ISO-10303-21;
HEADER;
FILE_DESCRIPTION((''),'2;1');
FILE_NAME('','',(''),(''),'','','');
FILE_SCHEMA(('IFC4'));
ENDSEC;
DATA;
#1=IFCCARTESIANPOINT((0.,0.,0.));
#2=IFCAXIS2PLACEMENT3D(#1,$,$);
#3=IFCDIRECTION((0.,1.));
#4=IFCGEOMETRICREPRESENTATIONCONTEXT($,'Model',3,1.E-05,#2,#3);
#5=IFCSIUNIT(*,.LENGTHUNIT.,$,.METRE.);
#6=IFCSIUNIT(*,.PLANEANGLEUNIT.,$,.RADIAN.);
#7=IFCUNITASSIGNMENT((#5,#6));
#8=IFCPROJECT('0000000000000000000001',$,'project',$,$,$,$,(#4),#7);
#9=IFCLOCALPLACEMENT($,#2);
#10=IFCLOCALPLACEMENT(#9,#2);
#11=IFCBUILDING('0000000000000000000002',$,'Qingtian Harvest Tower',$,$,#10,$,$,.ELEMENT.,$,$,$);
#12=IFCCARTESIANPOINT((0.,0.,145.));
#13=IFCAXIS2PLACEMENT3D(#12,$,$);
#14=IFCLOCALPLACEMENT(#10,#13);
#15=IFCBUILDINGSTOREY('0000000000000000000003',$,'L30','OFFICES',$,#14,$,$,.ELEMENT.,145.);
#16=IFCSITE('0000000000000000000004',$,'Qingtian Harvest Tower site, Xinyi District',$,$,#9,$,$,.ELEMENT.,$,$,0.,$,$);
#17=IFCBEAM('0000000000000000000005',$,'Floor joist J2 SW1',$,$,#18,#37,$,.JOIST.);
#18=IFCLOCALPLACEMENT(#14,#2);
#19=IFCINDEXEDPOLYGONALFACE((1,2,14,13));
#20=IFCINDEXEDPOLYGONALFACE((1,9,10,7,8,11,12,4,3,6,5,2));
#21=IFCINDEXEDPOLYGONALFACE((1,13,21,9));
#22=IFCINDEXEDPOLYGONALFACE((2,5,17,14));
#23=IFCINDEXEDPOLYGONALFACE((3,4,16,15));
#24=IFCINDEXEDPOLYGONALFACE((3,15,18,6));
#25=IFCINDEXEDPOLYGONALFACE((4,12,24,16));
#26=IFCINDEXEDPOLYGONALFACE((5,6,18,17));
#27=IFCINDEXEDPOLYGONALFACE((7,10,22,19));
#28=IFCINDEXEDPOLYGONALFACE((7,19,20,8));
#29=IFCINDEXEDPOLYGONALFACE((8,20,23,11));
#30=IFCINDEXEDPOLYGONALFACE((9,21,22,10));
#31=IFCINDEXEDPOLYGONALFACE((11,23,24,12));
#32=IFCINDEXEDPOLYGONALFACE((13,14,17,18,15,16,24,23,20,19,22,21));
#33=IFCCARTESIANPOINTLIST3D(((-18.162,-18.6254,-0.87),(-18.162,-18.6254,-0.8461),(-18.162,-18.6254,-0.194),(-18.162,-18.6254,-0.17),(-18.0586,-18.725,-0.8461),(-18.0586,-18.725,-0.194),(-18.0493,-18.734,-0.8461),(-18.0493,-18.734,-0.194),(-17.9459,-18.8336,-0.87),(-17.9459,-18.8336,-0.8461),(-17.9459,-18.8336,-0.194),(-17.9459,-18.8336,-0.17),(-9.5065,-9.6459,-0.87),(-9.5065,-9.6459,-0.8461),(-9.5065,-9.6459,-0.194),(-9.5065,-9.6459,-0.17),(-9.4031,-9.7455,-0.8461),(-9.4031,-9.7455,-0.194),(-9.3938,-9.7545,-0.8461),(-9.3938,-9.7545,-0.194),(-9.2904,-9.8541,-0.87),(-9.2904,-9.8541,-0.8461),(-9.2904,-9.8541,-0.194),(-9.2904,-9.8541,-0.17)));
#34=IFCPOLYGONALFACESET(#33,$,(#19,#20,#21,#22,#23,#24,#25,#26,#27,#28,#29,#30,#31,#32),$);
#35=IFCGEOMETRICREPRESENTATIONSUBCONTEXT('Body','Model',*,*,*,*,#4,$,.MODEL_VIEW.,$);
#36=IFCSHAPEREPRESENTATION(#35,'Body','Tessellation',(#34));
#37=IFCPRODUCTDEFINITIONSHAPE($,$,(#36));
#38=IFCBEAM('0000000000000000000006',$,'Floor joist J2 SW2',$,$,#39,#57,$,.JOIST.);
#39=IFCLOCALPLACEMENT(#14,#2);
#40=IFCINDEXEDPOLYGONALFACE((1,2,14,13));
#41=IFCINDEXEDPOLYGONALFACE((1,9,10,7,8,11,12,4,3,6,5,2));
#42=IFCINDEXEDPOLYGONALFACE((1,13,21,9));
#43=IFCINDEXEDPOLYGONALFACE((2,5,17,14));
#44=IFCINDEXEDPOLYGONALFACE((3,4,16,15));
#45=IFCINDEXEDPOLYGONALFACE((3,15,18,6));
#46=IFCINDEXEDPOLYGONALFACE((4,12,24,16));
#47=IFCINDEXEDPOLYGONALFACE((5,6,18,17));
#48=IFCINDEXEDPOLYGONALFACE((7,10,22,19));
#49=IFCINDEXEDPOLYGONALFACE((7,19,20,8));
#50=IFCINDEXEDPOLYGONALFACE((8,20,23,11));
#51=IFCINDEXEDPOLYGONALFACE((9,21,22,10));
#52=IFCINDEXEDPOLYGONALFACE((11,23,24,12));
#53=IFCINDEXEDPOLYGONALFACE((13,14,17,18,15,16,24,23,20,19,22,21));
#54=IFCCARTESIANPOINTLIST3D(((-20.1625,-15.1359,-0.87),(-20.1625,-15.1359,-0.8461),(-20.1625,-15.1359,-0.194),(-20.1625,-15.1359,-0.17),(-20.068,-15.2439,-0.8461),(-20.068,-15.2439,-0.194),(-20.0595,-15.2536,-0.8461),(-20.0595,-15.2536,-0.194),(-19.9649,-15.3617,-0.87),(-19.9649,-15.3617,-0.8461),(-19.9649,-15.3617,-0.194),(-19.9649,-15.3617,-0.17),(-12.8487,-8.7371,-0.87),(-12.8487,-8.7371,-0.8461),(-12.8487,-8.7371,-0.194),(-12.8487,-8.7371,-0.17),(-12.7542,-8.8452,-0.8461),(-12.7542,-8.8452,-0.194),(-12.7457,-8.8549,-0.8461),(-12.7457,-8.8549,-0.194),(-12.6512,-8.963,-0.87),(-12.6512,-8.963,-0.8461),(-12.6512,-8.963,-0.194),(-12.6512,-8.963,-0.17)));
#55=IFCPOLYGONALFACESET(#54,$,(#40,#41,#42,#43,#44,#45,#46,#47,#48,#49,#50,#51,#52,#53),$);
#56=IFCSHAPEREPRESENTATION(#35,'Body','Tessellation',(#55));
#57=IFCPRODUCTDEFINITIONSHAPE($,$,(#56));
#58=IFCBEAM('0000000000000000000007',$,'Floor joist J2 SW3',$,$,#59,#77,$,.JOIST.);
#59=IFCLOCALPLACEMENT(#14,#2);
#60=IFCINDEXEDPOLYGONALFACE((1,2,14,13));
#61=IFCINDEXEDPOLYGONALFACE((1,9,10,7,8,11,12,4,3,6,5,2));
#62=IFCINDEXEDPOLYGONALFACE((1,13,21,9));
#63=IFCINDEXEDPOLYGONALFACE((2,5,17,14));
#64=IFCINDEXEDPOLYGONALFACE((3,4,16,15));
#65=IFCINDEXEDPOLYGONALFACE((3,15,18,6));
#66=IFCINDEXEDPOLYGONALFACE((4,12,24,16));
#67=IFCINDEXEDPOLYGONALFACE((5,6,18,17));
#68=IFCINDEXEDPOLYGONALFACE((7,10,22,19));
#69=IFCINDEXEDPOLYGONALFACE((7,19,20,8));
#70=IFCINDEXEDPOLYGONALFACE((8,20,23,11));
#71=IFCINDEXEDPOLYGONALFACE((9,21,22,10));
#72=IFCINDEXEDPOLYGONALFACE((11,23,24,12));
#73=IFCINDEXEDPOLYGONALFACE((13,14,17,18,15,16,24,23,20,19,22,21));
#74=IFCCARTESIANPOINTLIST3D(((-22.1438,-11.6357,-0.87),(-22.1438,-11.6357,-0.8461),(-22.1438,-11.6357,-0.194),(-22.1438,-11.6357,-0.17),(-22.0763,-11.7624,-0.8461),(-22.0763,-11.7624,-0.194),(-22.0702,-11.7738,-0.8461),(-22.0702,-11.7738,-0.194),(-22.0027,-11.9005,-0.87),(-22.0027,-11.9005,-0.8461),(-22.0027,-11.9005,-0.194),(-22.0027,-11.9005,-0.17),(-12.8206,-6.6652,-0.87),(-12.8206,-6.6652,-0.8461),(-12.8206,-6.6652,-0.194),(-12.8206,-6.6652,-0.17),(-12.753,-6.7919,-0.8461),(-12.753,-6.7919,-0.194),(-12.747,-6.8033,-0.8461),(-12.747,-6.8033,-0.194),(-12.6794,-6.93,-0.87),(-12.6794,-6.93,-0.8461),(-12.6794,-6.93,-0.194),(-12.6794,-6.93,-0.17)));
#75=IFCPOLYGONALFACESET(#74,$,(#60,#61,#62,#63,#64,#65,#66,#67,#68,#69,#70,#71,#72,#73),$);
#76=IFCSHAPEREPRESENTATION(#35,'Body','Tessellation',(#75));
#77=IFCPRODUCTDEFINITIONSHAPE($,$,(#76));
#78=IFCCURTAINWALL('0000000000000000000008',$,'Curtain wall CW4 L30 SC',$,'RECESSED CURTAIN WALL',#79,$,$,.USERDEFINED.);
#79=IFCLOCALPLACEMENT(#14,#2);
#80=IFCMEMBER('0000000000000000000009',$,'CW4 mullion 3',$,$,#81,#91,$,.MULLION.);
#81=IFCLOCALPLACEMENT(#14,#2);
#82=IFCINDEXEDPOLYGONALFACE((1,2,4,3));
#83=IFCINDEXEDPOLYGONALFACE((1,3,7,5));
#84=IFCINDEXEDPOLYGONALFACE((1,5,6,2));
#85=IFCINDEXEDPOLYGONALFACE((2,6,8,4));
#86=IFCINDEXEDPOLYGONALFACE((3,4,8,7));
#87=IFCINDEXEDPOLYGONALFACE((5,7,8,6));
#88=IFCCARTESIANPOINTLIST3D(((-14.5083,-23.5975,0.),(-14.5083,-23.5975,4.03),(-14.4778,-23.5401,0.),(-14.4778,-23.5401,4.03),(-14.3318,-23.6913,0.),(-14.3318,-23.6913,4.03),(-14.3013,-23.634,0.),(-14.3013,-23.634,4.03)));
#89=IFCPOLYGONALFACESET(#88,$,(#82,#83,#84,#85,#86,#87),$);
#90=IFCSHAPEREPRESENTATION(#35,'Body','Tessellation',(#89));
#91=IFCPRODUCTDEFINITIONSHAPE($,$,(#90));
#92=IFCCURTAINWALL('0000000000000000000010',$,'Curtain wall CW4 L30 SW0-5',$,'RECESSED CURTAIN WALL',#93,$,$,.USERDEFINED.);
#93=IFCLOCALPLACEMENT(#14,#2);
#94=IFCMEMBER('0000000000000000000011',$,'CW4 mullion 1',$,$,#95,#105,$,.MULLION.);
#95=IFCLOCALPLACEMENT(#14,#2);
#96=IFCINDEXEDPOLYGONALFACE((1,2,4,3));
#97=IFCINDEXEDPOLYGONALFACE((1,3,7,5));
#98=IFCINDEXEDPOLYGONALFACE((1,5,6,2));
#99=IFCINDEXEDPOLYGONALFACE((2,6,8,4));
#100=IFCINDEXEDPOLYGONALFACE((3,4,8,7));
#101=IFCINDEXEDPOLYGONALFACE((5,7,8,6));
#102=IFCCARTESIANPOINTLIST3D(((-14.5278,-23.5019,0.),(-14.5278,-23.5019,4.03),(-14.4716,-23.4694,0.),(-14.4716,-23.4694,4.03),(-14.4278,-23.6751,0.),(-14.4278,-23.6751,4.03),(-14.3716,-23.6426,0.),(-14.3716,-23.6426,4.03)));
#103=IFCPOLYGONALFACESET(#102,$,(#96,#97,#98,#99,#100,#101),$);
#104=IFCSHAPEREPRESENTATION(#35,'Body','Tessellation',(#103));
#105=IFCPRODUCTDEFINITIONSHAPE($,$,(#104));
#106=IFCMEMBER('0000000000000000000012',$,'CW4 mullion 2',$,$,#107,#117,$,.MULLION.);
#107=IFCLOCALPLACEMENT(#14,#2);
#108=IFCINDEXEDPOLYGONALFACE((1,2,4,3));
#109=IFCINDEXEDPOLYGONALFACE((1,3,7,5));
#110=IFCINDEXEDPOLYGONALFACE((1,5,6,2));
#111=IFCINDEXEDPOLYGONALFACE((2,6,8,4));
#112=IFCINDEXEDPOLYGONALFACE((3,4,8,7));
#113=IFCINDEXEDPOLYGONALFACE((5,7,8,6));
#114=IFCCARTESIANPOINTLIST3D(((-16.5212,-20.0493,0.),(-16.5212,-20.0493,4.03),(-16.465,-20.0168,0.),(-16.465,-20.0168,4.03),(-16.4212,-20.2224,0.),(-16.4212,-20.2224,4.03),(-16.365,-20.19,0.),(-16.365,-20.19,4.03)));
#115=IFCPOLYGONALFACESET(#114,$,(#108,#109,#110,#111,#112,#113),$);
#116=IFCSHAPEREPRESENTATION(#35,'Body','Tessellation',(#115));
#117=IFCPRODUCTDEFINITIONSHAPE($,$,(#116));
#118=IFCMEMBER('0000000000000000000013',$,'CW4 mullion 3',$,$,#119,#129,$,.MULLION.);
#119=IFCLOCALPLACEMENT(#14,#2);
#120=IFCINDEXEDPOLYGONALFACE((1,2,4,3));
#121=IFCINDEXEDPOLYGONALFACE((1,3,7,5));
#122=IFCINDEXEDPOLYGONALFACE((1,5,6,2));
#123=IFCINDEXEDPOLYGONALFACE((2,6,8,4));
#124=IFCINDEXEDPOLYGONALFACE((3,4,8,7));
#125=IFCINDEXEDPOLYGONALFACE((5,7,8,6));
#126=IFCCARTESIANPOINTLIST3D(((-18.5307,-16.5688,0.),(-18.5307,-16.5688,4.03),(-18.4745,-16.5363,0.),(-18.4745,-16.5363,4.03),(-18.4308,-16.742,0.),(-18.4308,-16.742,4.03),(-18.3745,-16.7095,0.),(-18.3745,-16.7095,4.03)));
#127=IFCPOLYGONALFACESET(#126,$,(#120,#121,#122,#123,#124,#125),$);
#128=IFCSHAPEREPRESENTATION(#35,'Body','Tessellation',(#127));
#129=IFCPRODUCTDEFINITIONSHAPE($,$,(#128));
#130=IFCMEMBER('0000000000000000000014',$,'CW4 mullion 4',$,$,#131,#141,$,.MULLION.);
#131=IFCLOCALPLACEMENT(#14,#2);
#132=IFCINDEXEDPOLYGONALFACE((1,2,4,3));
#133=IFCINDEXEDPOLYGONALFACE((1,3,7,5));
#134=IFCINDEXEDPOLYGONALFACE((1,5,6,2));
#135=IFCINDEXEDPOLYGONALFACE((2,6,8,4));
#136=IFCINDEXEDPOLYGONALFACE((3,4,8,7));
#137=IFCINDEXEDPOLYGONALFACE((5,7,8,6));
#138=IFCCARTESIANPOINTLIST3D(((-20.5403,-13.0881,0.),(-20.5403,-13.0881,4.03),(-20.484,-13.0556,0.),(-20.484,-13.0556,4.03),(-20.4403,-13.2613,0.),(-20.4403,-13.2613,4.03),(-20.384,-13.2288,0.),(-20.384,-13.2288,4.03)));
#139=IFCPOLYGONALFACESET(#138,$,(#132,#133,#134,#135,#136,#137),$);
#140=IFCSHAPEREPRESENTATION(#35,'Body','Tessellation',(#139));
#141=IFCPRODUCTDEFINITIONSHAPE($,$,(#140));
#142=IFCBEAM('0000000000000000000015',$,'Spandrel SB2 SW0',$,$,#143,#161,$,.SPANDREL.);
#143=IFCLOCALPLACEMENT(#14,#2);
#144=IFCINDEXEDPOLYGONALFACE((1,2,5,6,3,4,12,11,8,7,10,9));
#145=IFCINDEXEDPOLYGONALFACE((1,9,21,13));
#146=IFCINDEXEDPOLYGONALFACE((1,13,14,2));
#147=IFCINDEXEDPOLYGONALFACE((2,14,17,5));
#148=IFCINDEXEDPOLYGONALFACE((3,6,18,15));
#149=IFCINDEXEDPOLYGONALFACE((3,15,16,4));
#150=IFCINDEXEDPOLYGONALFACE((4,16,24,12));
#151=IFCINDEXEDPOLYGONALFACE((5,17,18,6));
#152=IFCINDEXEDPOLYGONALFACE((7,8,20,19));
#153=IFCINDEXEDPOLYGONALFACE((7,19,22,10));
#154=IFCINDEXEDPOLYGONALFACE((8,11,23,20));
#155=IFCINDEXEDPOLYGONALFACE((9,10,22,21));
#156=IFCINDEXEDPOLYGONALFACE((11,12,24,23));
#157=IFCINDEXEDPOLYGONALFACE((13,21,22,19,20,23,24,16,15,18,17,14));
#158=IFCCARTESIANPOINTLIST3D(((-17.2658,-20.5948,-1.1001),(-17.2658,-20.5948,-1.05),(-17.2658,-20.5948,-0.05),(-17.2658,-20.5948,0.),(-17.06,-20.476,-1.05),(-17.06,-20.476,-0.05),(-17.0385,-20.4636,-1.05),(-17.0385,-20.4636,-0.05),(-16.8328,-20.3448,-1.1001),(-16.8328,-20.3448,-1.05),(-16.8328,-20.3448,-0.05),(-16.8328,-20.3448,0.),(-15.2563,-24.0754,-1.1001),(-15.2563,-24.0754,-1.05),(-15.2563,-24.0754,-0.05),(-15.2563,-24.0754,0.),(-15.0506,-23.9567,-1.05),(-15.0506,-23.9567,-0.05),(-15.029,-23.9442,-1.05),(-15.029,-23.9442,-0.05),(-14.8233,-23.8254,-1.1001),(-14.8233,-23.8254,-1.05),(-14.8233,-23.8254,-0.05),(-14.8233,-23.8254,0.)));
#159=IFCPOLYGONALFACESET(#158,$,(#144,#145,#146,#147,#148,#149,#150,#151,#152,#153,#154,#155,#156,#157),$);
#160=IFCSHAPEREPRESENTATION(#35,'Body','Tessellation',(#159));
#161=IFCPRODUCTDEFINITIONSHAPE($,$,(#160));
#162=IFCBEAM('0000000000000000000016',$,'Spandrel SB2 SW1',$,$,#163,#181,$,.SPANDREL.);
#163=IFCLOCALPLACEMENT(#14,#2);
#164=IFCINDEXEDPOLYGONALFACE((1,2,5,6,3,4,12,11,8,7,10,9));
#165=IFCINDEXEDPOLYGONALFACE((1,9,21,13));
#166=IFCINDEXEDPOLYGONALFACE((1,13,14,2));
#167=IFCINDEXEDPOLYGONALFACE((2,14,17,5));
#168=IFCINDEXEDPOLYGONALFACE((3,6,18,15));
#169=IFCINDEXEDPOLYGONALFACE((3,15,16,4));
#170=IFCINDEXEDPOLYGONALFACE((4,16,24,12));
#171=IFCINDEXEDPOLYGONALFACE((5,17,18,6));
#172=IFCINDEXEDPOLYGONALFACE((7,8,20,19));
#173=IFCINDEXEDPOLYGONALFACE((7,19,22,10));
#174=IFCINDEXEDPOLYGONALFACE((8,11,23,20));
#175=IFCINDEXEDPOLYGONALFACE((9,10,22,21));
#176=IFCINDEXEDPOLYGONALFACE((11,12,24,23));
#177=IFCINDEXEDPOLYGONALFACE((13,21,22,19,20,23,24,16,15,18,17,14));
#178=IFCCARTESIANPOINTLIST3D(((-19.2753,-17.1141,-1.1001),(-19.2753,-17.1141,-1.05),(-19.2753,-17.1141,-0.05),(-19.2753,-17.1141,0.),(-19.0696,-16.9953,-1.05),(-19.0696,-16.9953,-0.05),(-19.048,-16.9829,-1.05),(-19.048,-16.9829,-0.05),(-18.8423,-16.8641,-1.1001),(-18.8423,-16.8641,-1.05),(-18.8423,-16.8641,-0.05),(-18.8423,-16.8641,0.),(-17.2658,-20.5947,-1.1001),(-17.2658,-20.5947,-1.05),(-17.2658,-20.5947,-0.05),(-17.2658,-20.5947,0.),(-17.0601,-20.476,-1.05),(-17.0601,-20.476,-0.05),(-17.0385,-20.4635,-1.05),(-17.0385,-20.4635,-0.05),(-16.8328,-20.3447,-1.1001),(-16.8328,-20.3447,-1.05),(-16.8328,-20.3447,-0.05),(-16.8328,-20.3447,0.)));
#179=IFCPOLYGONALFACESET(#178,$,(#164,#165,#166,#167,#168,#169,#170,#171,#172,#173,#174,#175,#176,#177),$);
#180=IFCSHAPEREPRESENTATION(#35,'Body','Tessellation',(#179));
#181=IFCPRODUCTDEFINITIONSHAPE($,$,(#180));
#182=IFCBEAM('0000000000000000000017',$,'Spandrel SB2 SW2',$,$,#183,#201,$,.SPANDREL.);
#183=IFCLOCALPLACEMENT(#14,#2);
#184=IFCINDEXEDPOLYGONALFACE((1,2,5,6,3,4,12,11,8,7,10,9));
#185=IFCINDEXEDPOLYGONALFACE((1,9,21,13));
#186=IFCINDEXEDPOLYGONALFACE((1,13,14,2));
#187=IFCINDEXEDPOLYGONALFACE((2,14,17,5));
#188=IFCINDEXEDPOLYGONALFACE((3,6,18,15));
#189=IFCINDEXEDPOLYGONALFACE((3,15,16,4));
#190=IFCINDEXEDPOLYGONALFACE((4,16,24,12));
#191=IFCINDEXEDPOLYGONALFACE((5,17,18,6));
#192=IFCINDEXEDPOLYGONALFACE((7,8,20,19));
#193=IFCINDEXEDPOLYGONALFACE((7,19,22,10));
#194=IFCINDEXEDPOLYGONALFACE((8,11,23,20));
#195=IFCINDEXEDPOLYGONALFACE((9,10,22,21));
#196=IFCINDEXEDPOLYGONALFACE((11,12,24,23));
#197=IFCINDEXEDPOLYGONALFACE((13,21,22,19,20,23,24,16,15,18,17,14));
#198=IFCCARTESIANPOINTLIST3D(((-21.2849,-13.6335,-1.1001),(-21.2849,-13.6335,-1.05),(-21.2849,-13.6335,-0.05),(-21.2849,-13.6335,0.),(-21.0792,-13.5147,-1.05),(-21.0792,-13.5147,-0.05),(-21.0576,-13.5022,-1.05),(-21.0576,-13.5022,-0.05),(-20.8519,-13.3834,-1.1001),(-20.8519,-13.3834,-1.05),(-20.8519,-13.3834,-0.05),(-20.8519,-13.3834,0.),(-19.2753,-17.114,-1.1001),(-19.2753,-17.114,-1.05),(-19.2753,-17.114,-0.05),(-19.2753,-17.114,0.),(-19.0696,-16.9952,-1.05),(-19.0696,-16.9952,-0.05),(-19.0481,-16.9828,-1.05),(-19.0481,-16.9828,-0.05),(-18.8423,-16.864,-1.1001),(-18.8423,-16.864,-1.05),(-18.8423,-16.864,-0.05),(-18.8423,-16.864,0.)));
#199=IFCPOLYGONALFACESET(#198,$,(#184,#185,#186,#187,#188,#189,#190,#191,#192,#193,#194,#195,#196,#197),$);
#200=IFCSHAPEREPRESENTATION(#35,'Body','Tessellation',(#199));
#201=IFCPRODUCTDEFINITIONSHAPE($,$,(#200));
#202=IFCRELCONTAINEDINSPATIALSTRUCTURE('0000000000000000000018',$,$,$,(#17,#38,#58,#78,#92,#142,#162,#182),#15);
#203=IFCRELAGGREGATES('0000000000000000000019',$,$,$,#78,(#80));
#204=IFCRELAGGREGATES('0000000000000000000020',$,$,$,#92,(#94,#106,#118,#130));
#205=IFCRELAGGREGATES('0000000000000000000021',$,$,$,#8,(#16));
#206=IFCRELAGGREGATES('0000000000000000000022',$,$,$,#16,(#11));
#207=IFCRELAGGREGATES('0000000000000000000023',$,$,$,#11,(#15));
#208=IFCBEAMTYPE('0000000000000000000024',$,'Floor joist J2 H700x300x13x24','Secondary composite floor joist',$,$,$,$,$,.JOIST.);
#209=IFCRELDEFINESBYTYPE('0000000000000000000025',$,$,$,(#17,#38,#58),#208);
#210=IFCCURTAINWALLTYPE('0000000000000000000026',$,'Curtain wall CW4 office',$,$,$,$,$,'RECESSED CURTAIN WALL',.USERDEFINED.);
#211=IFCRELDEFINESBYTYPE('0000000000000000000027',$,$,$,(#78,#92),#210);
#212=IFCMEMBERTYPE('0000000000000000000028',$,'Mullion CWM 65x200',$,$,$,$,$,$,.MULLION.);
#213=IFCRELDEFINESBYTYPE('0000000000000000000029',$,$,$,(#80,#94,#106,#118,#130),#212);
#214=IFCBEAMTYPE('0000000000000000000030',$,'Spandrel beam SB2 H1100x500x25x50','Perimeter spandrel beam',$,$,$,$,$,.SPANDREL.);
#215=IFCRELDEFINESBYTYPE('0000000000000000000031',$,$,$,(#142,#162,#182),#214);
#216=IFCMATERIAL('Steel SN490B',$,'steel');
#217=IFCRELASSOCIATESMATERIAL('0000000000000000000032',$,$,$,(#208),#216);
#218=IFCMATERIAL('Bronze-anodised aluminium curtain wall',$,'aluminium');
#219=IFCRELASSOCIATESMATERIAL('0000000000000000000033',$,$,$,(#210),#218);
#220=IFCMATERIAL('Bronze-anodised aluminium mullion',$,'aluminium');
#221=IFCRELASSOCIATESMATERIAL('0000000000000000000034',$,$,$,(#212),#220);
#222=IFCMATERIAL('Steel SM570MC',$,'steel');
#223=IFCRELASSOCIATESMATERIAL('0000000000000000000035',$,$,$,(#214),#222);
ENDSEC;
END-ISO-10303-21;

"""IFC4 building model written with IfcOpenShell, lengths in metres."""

from ifc_helpers import new_model, si_unit, direction, frame, origin, origin_2d, place, context, subcontext, project, spatial, rectangle, i_section, extrude, material, material_profile, profile_set, type_object, element, aggregate, save


model = new_model("IFC4")

# Units and contexts
model_context = context("Model", 3, precision=1e-05, world=origin(), true_north=direction((0.0, 1.0)))
body_context = subcontext(model_context, "Body", "Model", "MODEL_VIEW")
ifc_project = project(units=[si_unit("LENGTHUNIT", "METRE"), si_unit("PLANEANGLEUNIT", "RADIAN")], contexts=[model_context])

# Site, building, storey
site_placement = place(None, origin())
site = spatial("IfcSite", under=ifc_project, at=site_placement, Name="Qingtian Harvest Tower site, Xinyi District", CompositionType="ELEMENT", RefElevation=0.0)
building_placement = place(site_placement, origin())
building = spatial("IfcBuilding", under=site, at=building_placement, Name="Qingtian Harvest Tower", CompositionType="ELEMENT")
storey_placement = place(building_placement, frame((0.0, 0.0, 145.0)))
storey = spatial("IfcBuildingStorey", under=building, at=storey_placement, Name="L30", Description="OFFICES", CompositionType="ELEMENT", Elevation=145.0)

# Beams
ifc_material_1 = material(Name="Steel SN490B", Category="steel")
ifc_material_profile_1 = material_profile(ifc_material_1, i_section(OverallWidth=0.3, OverallDepth=0.7, WebThickness=0.0129, FlangeThickness=0.0239, at=origin_2d()), Name="H700x300x13x24")
ifc_profile_set_1 = profile_set([ifc_material_profile_1], Name="Steel SN490B")
beam_type_1 = type_object("IfcBeamType", Name="Floor joist J2 H700x300x13x24", Description="Secondary composite floor joist", PredefinedType="JOIST", material=ifc_profile_set_1)
beam_1_placement = place(storey_placement, frame((-18.054, -18.7295, -0.52), z_axis=(0.693999, 0.719976, 0.0), x_axis=(-0.719976, 0.693999, 0.0)))
element("IfcBeam", 1, at=beam_1_placement, inside=storey, type_object=beam_type_1, Name="Floor joist J2 SW1", PredefinedType="JOIST", context=body_context, shape_type="SweptSolid", body=[
    extrude(i_section(OverallWidth=0.3, OverallDepth=0.7, WebThickness=0.0129, FlangeThickness=0.0239, at=origin_2d()), origin(), (0.0, 0.0, 1.0), 12.4719),
])
beam_2_placement = place(storey_placement, frame((-20.0637, -15.2488, -0.52), z_axis=(0.752619, 0.658457, 0.0), x_axis=(-0.658457, 0.752619, 0.0)))
element("IfcBeam", 2, at=beam_2_placement, inside=storey, type_object=beam_type_1, Name="Floor joist J2 SW2", PredefinedType="JOIST", context=body_context, shape_type="SweptSolid", body=[
    extrude(i_section(OverallWidth=0.3, OverallDepth=0.7, WebThickness=0.0129, FlangeThickness=0.0239, at=origin_2d()), origin(), (0.0, 0.0, 1.0), 9.7178),
])
beam_3_placement = place(storey_placement, frame((-22.0732, -11.7681, -0.52), z_axis=(0.882429, 0.470446, 0.0), x_axis=(-0.470446, 0.882429, 0.0)))
element("IfcBeam", 3, at=beam_3_placement, inside=storey, type_object=beam_type_1, Name="Floor joist J2 SW3", PredefinedType="JOIST", context=body_context, shape_type="SweptSolid", body=[
    extrude(i_section(OverallWidth=0.3, OverallDepth=0.7, WebThickness=0.0129, FlangeThickness=0.0239, at=origin_2d()), origin(), (0.0, 0.0, 1.0), 10.5654),
])

# Curtain wall, member
ifc_material_2 = material(Name="Bronze-anodised aluminium curtain wall", Category="aluminium")
curtain_wall_type = type_object("IfcCurtainWallType", Name="Curtain wall CW4 office", ElementType="RECESSED CURTAIN WALL", PredefinedType="USERDEFINED", material=ifc_material_2)
curtain_wall_1_placement = place(storey_placement, origin())
curtain_wall_1 = element("IfcCurtainWall", 4, at=curtain_wall_1_placement, inside=storey, type_object=curtain_wall_type, Name="Curtain wall CW4 L30 SC", ObjectType="RECESSED CURTAIN WALL", PredefinedType="USERDEFINED")
ifc_material_3 = material(Name="Bronze-anodised aluminium mullion", Category="aluminium")
ifc_material_profile_2 = material_profile(ifc_material_3, rectangle(XDim=0.0649, YDim=0.2, at=origin_2d()), Name="AL 65x200")
ifc_profile_set_2 = profile_set([ifc_material_profile_2], Name="Bronze-anodised aluminium mullion")
member_type_1 = type_object("IfcMemberType", Name="Mullion CWM 65x200", PredefinedType="MULLION", material=ifc_profile_set_2)
member_1_placement = place(storey_placement, frame((-14.4048, -23.6157, 0.0), z_axis=(0.0, 0.0, 1.0), x_axis=(-0.469472, -0.882948, 0.0)))
member_1 = element("IfcMember", 5, at=member_1_placement, type_object=member_type_1, Name="CW4 mullion 3", PredefinedType="MULLION", context=body_context, shape_type="SweptSolid", body=[
    extrude(rectangle(XDim=0.0649, YDim=0.2, at=origin_2d()), origin(), (0.0, 0.0, 1.0), 4.03),
])
aggregate(curtain_wall_1, [member_1])

# Curtain wall, members
curtain_wall_2_placement = place(storey_placement, origin())
curtain_wall_2 = element("IfcCurtainWall", 6, at=curtain_wall_2_placement, inside=storey, type_object=curtain_wall_type, Name="Curtain wall CW4 L30 SW0-5", ObjectType="RECESSED CURTAIN WALL", PredefinedType="USERDEFINED")
member_2_placement = place(storey_placement, frame((-14.4497, -23.5723, 0.0), z_axis=(0.0, 0.0, 1.0), x_axis=(-0.866025, -0.5, 0.0)))
member_2 = element("IfcMember", 7, at=member_2_placement, type_object=member_type_1, Name="CW4 mullion 1", PredefinedType="MULLION", context=body_context, shape_type="SweptSolid", body=[
    extrude(rectangle(XDim=0.0649, YDim=0.2, at=origin_2d()), origin(), (0.0, 0.0, 1.0), 4.03),
])
member_3_placement = place(storey_placement, frame((-16.4431, -20.1196, 0.0), z_axis=(0.0, 0.0, 1.0), x_axis=(-0.866025, -0.5, 0.0)))
member_3 = element("IfcMember", 8, at=member_3_placement, type_object=member_type_1, Name="CW4 mullion 2", PredefinedType="MULLION", context=body_context, shape_type="SweptSolid", body=[
    extrude(rectangle(XDim=0.0649, YDim=0.2, at=origin_2d()), origin(), (0.0, 0.0, 1.0), 4.03),
])
member_4_placement = place(storey_placement, frame((-18.4526, -16.6392, 0.0), z_axis=(0.0, 0.0, 1.0), x_axis=(-0.866025, -0.5, 0.0)))
member_4 = element("IfcMember", 9, at=member_4_placement, type_object=member_type_1, Name="CW4 mullion 3", PredefinedType="MULLION", context=body_context, shape_type="SweptSolid", body=[
    extrude(rectangle(XDim=0.0649, YDim=0.2, at=origin_2d()), origin(), (0.0, 0.0, 1.0), 4.03),
])
member_5_placement = place(storey_placement, frame((-20.4622, -13.1584, 0.0), z_axis=(0.0, 0.0, 1.0), x_axis=(-0.866025, -0.5, 0.0)))
member_5 = element("IfcMember", 10, at=member_5_placement, type_object=member_type_1, Name="CW4 mullion 4", PredefinedType="MULLION", context=body_context, shape_type="SweptSolid", body=[
    extrude(rectangle(XDim=0.0649, YDim=0.2, at=origin_2d()), origin(), (0.0, 0.0, 1.0), 4.03),
])

# Beams
ifc_material_4 = material(Name="Steel SM570MC", Category="steel")
ifc_material_profile_3 = material_profile(ifc_material_4, i_section(OverallWidth=0.5, OverallDepth=1.1001, WebThickness=0.0249, FlangeThickness=0.05, at=origin_2d()), Name="H1100x500x25x50")
ifc_profile_set_3 = profile_set([ifc_material_profile_3], Name="Steel SM570MC")
beam_type_2 = type_object("IfcBeamType", Name="Spandrel beam SB2 H1100x500x25x50", Description="Perimeter spandrel beam", PredefinedType="SPANDREL", material=ifc_profile_set_3)
for number, where, z_axis, x_axis, name in (
    (11, (-15.0398, -23.9504, -0.55), (-0.499987, 0.866033, 0.0), (-0.866033, -0.499987, 0.0), "Spandrel SB2 SW0"),
    (12, (-17.0493, -20.4697, -0.55), (-0.499987, 0.866033, 0.0), (-0.866033, -0.499987, 0.0), "Spandrel SB2 SW1"),
    (13, (-19.0588, -16.989, -0.55), (-0.500013, 0.866018, 0.0), (-0.866018, -0.500013, 0.0), "Spandrel SB2 SW2"),
):
    element("IfcBeam", number, at=place(storey_placement, frame(where, z_axis=z_axis, x_axis=x_axis)), inside=storey, type_object=beam_type_2, Name=name, PredefinedType="SPANDREL", context=body_context, shape_type="SweptSolid", body=[
        extrude(i_section(OverallWidth=0.5, OverallDepth=1.1001, WebThickness=0.0249, FlangeThickness=0.05, at=origin_2d()), origin(), (0.0, 0.0, 1.0), 4.019),
    ])

aggregate(curtain_wall_2, [member_2, member_3, member_4, member_5])

save(model, "model.ifc")
